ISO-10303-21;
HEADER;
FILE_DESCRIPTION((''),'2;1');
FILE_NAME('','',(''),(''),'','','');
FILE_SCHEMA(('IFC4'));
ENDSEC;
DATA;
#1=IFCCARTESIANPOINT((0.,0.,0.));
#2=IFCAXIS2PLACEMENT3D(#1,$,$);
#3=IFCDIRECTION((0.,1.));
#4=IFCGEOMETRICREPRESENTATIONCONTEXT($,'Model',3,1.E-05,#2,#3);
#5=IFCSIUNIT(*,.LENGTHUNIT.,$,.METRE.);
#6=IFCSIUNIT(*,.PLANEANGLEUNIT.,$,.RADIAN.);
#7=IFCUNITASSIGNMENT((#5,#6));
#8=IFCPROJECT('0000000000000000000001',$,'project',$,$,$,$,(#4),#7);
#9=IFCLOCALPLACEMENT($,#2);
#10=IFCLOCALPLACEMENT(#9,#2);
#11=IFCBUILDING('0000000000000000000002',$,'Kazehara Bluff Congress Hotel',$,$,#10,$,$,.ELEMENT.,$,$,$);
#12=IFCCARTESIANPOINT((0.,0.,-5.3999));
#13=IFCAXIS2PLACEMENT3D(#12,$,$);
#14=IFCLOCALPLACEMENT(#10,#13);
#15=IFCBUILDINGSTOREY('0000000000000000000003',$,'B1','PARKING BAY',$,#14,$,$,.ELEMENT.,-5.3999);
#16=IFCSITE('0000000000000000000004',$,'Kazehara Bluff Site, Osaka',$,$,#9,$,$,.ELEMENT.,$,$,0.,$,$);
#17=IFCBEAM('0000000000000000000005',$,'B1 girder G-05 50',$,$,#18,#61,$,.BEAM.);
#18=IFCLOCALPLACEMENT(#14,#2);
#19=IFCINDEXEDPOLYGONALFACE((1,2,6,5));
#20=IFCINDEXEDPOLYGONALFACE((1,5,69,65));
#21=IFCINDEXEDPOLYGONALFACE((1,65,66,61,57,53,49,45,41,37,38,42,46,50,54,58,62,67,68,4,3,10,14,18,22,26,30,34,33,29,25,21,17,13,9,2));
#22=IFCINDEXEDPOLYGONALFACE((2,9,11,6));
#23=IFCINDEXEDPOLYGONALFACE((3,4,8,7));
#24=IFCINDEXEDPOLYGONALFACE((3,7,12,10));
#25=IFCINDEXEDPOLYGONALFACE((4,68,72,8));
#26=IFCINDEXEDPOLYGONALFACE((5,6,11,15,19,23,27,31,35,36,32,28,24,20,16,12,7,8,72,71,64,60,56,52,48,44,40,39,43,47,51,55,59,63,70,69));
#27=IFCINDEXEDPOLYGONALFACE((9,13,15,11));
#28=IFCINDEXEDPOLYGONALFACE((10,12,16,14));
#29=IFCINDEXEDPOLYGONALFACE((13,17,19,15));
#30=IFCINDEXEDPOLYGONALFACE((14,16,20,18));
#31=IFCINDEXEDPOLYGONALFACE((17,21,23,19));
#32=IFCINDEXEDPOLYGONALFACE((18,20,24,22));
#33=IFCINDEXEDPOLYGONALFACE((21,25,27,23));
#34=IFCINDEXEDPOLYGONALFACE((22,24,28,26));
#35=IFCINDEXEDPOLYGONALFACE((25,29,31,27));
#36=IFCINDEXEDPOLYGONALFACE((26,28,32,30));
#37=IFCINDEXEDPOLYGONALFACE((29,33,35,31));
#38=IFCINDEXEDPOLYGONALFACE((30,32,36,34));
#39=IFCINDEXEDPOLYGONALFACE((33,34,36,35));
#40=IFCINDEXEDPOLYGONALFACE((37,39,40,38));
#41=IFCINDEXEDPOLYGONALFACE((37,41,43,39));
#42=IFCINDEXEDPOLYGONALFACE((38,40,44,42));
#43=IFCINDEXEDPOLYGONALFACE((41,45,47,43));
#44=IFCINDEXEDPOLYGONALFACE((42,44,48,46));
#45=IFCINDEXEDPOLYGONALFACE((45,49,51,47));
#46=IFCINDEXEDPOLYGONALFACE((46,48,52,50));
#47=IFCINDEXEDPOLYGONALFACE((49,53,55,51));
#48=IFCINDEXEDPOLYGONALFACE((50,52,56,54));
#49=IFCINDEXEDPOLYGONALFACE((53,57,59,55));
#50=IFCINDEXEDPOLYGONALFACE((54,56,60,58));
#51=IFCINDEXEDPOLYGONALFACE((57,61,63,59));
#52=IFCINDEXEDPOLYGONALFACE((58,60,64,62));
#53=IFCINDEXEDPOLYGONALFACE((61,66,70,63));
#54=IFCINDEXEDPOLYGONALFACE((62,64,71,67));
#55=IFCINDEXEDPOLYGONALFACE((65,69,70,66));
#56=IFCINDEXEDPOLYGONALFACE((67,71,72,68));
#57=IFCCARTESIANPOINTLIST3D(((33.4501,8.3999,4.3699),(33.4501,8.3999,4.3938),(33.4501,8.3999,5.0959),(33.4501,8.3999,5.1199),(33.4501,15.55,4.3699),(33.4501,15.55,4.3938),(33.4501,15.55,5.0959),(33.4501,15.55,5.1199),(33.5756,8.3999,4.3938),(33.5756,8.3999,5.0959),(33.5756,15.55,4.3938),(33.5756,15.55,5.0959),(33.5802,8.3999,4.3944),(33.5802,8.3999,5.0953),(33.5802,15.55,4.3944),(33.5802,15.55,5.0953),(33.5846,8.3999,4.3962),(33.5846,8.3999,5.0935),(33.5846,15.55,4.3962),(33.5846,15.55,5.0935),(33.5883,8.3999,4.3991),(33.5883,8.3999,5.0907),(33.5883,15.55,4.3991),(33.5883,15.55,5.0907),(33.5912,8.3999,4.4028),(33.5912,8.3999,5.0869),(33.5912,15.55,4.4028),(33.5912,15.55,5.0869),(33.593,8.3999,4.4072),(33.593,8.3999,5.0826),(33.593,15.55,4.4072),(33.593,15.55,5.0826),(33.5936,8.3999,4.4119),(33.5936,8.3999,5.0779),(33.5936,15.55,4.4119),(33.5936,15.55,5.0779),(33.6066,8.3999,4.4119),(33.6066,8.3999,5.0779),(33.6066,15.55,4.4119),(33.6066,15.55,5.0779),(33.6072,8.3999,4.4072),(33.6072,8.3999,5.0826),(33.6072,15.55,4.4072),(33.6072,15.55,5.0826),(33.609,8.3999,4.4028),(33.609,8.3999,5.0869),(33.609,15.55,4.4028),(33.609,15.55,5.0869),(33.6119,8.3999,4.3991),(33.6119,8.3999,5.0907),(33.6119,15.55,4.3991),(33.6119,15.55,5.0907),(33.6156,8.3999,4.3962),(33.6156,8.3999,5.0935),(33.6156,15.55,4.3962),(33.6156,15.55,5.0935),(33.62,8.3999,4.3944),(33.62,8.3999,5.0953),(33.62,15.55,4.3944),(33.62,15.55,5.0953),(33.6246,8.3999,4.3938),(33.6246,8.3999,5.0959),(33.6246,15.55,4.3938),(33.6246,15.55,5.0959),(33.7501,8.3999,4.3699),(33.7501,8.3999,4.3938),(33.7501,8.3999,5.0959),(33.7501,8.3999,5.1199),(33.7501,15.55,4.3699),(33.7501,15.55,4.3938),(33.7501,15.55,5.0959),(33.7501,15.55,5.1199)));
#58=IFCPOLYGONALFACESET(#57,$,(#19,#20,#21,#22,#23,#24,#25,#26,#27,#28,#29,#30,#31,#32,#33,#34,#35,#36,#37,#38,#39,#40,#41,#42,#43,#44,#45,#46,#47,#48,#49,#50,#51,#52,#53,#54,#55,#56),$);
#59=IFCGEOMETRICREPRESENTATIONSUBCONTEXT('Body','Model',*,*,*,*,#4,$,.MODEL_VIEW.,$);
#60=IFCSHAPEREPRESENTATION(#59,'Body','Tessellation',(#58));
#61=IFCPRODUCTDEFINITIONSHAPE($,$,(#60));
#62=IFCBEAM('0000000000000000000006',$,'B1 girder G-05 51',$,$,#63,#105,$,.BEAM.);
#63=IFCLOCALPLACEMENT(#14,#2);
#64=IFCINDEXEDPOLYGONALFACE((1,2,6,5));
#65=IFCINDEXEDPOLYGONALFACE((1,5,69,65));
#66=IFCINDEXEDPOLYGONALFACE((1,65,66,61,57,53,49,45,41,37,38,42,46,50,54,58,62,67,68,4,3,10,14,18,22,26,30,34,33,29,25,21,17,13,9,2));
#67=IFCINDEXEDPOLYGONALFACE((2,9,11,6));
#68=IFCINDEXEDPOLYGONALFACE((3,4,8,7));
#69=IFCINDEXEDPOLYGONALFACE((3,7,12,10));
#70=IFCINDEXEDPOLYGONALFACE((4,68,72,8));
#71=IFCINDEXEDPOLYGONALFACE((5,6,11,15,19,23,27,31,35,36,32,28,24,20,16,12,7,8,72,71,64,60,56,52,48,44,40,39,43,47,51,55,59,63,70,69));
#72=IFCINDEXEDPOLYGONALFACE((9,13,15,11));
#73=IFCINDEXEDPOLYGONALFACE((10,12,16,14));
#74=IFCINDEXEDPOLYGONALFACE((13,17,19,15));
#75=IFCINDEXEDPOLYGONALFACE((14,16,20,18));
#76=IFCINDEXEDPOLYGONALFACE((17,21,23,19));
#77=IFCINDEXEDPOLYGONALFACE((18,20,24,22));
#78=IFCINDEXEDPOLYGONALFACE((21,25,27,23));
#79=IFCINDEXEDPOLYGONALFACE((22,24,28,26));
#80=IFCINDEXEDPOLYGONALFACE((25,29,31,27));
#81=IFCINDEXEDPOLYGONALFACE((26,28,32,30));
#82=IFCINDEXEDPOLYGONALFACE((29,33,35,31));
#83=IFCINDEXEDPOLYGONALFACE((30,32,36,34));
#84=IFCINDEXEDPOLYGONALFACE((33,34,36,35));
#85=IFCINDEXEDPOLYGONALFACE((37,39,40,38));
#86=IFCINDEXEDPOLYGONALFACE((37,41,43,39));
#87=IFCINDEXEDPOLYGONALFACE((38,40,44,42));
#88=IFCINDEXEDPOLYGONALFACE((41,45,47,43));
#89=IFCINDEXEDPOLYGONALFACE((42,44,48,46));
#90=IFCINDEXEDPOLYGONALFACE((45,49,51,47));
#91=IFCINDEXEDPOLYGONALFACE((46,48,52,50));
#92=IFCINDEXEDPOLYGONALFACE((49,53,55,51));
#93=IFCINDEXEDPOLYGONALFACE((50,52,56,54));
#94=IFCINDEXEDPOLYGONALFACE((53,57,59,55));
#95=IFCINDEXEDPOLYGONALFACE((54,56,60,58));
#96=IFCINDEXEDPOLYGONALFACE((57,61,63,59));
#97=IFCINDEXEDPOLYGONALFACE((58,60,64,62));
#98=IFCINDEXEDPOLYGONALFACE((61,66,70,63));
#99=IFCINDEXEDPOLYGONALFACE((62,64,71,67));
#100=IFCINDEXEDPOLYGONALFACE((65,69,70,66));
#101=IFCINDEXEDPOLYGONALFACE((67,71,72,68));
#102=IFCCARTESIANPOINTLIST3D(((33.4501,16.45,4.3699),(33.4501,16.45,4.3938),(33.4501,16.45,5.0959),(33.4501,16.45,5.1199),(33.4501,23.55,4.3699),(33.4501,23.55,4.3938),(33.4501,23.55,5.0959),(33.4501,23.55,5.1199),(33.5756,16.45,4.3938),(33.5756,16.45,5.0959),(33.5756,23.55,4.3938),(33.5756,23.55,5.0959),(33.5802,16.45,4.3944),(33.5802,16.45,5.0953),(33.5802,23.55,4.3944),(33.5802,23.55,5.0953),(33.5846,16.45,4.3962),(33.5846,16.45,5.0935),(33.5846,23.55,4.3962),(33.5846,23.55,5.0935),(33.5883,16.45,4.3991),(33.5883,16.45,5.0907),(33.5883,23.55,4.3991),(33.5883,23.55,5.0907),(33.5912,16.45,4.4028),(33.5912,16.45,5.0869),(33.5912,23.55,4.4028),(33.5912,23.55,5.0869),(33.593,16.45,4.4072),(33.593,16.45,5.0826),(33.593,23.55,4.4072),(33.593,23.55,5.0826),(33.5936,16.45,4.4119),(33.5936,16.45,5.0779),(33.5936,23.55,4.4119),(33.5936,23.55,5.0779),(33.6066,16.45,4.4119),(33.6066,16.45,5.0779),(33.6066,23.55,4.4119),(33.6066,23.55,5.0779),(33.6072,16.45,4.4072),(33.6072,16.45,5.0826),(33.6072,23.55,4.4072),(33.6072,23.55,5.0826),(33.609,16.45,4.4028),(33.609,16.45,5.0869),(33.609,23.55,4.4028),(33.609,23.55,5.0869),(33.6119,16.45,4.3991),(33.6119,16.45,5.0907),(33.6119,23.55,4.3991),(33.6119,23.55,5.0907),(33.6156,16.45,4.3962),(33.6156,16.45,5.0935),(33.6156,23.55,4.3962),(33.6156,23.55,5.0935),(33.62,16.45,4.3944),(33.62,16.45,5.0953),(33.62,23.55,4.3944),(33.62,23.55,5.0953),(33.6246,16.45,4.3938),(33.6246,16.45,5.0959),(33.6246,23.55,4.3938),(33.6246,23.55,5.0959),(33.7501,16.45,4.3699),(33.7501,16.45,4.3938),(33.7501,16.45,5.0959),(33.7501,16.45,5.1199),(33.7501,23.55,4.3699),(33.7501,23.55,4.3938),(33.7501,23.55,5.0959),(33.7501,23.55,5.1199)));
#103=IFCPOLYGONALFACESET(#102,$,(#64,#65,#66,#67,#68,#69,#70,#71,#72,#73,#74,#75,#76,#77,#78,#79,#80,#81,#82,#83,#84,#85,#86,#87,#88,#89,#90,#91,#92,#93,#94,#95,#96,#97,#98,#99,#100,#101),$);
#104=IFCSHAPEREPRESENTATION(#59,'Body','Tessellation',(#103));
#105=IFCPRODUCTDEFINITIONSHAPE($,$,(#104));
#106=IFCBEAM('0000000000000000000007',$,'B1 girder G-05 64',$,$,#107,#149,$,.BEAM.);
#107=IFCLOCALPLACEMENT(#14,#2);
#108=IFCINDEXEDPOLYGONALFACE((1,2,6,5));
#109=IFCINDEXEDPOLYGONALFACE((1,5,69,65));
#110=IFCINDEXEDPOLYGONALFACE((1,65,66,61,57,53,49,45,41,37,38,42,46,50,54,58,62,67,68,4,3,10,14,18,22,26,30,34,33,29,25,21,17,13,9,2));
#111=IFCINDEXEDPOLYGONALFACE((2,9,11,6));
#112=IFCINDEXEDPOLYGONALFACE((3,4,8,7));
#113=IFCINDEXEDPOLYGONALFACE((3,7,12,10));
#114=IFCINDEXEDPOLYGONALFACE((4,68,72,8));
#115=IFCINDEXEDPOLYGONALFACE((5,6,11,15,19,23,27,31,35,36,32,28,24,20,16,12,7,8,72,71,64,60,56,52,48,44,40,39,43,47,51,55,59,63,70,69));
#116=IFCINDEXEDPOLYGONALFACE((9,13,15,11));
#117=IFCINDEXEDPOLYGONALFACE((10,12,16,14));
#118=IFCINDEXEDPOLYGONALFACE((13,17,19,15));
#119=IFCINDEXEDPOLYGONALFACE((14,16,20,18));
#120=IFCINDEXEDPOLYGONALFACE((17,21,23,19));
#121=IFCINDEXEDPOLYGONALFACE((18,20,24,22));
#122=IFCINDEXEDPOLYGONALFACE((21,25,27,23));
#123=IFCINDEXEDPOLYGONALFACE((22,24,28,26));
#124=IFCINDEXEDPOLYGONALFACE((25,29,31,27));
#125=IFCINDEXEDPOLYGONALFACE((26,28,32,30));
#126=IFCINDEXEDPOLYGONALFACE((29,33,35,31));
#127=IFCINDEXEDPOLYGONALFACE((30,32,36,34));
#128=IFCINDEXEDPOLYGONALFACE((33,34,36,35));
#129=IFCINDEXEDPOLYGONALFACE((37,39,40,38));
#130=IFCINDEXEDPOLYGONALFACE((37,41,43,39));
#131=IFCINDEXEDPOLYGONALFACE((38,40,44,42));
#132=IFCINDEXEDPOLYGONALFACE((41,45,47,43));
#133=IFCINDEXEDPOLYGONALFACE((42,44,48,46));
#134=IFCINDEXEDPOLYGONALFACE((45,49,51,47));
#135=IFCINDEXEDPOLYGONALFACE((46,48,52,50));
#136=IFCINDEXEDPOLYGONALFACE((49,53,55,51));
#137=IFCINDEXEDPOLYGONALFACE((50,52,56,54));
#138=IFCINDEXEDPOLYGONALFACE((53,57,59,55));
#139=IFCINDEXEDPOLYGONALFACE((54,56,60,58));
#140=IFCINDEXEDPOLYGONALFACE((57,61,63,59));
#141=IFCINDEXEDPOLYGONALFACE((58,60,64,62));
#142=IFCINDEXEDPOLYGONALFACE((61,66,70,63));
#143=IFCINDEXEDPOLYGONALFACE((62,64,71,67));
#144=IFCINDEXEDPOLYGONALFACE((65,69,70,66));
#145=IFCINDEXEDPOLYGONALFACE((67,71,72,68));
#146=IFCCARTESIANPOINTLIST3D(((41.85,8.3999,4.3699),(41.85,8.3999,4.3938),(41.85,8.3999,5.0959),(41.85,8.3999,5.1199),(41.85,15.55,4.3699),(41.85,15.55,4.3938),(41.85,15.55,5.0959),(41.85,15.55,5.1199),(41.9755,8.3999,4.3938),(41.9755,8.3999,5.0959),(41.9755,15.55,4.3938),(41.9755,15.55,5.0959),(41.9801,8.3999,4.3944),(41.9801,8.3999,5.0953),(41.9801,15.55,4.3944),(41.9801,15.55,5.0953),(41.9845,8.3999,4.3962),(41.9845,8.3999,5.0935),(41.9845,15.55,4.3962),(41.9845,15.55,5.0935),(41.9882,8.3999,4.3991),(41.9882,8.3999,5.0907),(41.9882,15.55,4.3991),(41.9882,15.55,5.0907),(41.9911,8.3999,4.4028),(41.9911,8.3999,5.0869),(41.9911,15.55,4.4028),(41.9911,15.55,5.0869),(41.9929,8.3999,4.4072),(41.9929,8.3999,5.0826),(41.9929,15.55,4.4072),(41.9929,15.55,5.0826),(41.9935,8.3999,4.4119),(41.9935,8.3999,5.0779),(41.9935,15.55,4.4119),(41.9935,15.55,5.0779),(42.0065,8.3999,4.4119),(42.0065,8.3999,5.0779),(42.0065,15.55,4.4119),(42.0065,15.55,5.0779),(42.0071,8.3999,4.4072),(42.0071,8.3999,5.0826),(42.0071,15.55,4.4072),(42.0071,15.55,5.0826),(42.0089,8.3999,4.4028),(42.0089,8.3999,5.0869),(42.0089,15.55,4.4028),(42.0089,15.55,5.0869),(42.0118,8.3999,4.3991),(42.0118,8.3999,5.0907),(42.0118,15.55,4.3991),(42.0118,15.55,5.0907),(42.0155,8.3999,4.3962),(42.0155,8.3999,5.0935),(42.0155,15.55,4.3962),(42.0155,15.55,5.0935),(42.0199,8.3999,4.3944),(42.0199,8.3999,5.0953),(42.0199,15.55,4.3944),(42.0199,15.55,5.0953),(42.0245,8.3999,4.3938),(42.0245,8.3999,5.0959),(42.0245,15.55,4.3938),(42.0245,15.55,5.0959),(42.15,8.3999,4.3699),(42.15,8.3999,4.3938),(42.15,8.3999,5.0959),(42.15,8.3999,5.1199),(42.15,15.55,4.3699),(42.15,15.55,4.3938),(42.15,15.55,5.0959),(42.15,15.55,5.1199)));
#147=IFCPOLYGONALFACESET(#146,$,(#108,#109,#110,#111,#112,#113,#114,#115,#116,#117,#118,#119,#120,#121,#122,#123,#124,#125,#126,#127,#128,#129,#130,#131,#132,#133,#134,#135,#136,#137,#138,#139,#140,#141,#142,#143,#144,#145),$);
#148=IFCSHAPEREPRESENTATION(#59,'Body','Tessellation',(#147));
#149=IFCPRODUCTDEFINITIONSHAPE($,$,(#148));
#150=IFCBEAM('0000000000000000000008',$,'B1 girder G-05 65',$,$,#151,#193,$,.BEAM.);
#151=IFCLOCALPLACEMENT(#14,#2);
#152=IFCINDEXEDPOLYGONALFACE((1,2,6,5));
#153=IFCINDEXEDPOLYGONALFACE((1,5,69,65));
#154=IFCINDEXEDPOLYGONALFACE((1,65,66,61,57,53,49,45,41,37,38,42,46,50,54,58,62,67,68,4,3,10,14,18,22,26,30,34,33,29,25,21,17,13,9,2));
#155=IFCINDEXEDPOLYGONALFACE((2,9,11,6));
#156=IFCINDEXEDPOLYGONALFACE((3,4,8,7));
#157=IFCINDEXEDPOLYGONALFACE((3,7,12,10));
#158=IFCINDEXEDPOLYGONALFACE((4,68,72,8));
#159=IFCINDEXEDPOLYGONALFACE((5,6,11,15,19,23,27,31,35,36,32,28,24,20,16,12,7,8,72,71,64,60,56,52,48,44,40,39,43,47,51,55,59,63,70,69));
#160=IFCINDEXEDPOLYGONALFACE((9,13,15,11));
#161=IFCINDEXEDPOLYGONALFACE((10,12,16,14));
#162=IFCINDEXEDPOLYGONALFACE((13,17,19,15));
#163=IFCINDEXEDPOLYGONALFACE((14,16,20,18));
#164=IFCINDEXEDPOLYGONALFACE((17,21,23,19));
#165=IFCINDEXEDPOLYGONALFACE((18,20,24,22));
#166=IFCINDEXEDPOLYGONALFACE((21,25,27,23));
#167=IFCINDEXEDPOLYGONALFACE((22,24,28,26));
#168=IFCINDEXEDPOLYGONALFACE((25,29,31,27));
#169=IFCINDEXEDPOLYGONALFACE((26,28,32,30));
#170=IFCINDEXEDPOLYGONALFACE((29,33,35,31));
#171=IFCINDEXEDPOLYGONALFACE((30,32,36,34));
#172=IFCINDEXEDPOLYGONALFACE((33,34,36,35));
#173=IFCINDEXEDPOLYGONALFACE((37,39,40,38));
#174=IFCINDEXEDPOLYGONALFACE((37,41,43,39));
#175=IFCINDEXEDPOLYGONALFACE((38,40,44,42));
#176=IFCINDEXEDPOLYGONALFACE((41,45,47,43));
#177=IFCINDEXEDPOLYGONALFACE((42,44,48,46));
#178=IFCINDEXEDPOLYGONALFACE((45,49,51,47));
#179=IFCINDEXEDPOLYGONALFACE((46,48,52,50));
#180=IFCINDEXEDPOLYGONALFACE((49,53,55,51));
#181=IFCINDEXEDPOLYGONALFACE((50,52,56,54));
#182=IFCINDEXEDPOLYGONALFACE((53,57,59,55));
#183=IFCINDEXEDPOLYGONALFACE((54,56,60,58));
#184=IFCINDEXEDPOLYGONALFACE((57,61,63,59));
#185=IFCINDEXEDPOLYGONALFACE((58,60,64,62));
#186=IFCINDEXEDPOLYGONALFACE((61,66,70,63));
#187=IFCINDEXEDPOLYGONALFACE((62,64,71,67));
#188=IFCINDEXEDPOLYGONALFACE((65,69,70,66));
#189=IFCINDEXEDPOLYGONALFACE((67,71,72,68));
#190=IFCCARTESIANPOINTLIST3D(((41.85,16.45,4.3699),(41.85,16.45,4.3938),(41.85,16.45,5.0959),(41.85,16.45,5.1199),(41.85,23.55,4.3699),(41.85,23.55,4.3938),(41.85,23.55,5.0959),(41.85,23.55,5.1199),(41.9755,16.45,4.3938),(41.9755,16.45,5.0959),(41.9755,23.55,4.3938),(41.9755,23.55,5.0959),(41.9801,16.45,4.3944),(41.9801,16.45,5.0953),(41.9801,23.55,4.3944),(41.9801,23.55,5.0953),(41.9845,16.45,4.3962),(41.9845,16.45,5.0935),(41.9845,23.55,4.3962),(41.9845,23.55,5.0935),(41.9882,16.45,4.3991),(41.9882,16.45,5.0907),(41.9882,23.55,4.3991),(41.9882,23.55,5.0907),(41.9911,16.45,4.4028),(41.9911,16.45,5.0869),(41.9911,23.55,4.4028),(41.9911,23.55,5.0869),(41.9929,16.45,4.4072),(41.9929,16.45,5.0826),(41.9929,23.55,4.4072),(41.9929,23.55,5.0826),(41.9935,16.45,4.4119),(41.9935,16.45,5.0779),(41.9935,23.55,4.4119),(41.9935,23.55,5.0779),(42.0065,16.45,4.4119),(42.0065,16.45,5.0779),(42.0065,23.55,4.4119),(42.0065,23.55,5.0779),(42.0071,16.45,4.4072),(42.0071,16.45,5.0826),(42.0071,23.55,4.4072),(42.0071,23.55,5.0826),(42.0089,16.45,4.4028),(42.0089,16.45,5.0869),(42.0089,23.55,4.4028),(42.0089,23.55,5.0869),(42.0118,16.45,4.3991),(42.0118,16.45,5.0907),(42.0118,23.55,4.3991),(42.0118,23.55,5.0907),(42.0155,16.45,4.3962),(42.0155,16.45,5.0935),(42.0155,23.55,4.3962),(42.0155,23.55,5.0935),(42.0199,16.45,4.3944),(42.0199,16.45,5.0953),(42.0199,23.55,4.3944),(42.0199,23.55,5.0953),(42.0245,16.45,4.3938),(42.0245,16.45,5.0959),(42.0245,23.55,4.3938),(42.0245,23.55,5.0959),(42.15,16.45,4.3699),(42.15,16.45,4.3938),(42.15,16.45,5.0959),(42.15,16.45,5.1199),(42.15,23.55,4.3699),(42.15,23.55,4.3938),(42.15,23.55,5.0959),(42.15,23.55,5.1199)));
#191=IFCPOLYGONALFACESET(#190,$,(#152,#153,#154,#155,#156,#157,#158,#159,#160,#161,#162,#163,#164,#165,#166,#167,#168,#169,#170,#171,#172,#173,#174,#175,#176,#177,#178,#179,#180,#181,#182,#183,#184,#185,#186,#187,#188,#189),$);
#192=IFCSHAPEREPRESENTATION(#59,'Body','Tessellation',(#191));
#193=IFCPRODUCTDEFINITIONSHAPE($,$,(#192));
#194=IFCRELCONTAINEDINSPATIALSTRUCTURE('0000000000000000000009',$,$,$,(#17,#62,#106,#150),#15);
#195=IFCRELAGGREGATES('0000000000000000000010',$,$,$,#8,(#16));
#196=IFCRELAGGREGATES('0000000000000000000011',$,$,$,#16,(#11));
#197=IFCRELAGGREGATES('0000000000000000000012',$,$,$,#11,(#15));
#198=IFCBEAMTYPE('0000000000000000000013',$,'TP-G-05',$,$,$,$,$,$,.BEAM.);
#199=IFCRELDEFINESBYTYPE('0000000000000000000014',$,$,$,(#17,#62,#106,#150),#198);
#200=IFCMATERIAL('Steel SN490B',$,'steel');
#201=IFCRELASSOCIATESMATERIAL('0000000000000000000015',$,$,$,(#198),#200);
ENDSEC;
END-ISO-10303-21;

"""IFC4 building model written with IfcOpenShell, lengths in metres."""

from ifc_helpers import new_model, si_unit, direction, frame, origin, origin_2d, place, context, subcontext, project, spatial, i_section, extrude, material, material_profile, profile_set, type_object, element, save


model = new_model("IFC4")

# Units and contexts
model_context = context("Model", 3, precision=1e-05, world=origin(), true_north=direction((0.0, 1.0)))
body_context = subcontext(model_context, "Body", "Model", "MODEL_VIEW")
ifc_project = project(units=[si_unit("LENGTHUNIT", "METRE"), si_unit("PLANEANGLEUNIT", "RADIAN")], contexts=[model_context])

# Site, building, storey
site_placement = place(None, origin())
site = spatial("IfcSite", under=ifc_project, at=site_placement, Name="Kazehara Bluff Site, Osaka", CompositionType="ELEMENT", RefElevation=0.0)
building_placement = place(site_placement, origin())
building = spatial("IfcBuilding", under=site, at=building_placement, Name="Kazehara Bluff Congress Hotel", CompositionType="ELEMENT")
storey_placement = place(building_placement, frame((0.0, 0.0, -5.3999)))
storey = spatial("IfcBuildingStorey", under=building, at=storey_placement, Name="B1", Description="PARKING BAY", CompositionType="ELEMENT", Elevation=-5.3999)

# Beams
ifc_material_1 = material(Name="Steel SN490B", Category="steel")
ifc_material_profile_1 = material_profile(ifc_material_1, i_section(OverallWidth=0.3, OverallDepth=0.75, WebThickness=0.0129, FlangeThickness=0.0239, FilletRadius=0.0181, at=origin_2d()))
ifc_profile_set_1 = profile_set([ifc_material_profile_1], Name="Steel SN490B")
beam_type_1 = type_object("IfcBeamType", Name="TP-G-05", PredefinedType="BEAM", material=ifc_profile_set_1)
beam_1_placement = place(storey_placement, frame((33.6001, 8.3999, 4.7449), z_axis=(0.0, 1.0, 0.0), x_axis=(-1.0, 0.0, 0.0)))
element("IfcBeam", 1, at=beam_1_placement, inside=storey, type_object=beam_type_1, Name="B1 girder G-05 50", PredefinedType="BEAM", context=body_context, shape_type="SweptSolid", body=[
    extrude(i_section(OverallWidth=0.3, OverallDepth=0.75, WebThickness=0.0129, FlangeThickness=0.0239, FilletRadius=0.0181, at=origin_2d()), origin(), (0.0, 0.0, 1.0), 7.1501),
])
beam_2_placement = place(storey_placement, frame((33.6001, 16.45, 4.7449), z_axis=(0.0, 1.0, 0.0), x_axis=(-1.0, 0.0, 0.0)))
element("IfcBeam", 2, at=beam_2_placement, inside=storey, type_object=beam_type_1, Name="B1 girder G-05 51", PredefinedType="BEAM", context=body_context, shape_type="SweptSolid", body=[
    extrude(i_section(OverallWidth=0.3, OverallDepth=0.75, WebThickness=0.0129, FlangeThickness=0.0239, FilletRadius=0.0181, at=origin_2d()), origin(), (0.0, 0.0, 1.0), 7.1001),
])
beam_3_placement = place(storey_placement, frame((42.0, 8.3999, 4.7449), z_axis=(0.0, 1.0, 0.0), x_axis=(-1.0, 0.0, 0.0)))
element("IfcBeam", 3, at=beam_3_placement, inside=storey, type_object=beam_type_1, Name="B1 girder G-05 64", PredefinedType="BEAM", context=body_context, shape_type="SweptSolid", body=[
    extrude(i_section(OverallWidth=0.3, OverallDepth=0.75, WebThickness=0.0129, FlangeThickness=0.0239, FilletRadius=0.0181, at=origin_2d()), origin(), (0.0, 0.0, 1.0), 7.1501),
])
beam_4_placement = place(storey_placement, frame((42.0, 16.45, 4.7449), z_axis=(0.0, 1.0, 0.0), x_axis=(-1.0, 0.0, 0.0)))
element("IfcBeam", 4, at=beam_4_placement, inside=storey, type_object=beam_type_1, Name="B1 girder G-05 65", PredefinedType="BEAM", context=body_context, shape_type="SweptSolid", body=[
    extrude(i_section(OverallWidth=0.3, OverallDepth=0.75, WebThickness=0.0129, FlangeThickness=0.0239, FilletRadius=0.0181, at=origin_2d()), origin(), (0.0, 0.0, 1.0), 7.1001),
])

save(model, "model.ifc")
